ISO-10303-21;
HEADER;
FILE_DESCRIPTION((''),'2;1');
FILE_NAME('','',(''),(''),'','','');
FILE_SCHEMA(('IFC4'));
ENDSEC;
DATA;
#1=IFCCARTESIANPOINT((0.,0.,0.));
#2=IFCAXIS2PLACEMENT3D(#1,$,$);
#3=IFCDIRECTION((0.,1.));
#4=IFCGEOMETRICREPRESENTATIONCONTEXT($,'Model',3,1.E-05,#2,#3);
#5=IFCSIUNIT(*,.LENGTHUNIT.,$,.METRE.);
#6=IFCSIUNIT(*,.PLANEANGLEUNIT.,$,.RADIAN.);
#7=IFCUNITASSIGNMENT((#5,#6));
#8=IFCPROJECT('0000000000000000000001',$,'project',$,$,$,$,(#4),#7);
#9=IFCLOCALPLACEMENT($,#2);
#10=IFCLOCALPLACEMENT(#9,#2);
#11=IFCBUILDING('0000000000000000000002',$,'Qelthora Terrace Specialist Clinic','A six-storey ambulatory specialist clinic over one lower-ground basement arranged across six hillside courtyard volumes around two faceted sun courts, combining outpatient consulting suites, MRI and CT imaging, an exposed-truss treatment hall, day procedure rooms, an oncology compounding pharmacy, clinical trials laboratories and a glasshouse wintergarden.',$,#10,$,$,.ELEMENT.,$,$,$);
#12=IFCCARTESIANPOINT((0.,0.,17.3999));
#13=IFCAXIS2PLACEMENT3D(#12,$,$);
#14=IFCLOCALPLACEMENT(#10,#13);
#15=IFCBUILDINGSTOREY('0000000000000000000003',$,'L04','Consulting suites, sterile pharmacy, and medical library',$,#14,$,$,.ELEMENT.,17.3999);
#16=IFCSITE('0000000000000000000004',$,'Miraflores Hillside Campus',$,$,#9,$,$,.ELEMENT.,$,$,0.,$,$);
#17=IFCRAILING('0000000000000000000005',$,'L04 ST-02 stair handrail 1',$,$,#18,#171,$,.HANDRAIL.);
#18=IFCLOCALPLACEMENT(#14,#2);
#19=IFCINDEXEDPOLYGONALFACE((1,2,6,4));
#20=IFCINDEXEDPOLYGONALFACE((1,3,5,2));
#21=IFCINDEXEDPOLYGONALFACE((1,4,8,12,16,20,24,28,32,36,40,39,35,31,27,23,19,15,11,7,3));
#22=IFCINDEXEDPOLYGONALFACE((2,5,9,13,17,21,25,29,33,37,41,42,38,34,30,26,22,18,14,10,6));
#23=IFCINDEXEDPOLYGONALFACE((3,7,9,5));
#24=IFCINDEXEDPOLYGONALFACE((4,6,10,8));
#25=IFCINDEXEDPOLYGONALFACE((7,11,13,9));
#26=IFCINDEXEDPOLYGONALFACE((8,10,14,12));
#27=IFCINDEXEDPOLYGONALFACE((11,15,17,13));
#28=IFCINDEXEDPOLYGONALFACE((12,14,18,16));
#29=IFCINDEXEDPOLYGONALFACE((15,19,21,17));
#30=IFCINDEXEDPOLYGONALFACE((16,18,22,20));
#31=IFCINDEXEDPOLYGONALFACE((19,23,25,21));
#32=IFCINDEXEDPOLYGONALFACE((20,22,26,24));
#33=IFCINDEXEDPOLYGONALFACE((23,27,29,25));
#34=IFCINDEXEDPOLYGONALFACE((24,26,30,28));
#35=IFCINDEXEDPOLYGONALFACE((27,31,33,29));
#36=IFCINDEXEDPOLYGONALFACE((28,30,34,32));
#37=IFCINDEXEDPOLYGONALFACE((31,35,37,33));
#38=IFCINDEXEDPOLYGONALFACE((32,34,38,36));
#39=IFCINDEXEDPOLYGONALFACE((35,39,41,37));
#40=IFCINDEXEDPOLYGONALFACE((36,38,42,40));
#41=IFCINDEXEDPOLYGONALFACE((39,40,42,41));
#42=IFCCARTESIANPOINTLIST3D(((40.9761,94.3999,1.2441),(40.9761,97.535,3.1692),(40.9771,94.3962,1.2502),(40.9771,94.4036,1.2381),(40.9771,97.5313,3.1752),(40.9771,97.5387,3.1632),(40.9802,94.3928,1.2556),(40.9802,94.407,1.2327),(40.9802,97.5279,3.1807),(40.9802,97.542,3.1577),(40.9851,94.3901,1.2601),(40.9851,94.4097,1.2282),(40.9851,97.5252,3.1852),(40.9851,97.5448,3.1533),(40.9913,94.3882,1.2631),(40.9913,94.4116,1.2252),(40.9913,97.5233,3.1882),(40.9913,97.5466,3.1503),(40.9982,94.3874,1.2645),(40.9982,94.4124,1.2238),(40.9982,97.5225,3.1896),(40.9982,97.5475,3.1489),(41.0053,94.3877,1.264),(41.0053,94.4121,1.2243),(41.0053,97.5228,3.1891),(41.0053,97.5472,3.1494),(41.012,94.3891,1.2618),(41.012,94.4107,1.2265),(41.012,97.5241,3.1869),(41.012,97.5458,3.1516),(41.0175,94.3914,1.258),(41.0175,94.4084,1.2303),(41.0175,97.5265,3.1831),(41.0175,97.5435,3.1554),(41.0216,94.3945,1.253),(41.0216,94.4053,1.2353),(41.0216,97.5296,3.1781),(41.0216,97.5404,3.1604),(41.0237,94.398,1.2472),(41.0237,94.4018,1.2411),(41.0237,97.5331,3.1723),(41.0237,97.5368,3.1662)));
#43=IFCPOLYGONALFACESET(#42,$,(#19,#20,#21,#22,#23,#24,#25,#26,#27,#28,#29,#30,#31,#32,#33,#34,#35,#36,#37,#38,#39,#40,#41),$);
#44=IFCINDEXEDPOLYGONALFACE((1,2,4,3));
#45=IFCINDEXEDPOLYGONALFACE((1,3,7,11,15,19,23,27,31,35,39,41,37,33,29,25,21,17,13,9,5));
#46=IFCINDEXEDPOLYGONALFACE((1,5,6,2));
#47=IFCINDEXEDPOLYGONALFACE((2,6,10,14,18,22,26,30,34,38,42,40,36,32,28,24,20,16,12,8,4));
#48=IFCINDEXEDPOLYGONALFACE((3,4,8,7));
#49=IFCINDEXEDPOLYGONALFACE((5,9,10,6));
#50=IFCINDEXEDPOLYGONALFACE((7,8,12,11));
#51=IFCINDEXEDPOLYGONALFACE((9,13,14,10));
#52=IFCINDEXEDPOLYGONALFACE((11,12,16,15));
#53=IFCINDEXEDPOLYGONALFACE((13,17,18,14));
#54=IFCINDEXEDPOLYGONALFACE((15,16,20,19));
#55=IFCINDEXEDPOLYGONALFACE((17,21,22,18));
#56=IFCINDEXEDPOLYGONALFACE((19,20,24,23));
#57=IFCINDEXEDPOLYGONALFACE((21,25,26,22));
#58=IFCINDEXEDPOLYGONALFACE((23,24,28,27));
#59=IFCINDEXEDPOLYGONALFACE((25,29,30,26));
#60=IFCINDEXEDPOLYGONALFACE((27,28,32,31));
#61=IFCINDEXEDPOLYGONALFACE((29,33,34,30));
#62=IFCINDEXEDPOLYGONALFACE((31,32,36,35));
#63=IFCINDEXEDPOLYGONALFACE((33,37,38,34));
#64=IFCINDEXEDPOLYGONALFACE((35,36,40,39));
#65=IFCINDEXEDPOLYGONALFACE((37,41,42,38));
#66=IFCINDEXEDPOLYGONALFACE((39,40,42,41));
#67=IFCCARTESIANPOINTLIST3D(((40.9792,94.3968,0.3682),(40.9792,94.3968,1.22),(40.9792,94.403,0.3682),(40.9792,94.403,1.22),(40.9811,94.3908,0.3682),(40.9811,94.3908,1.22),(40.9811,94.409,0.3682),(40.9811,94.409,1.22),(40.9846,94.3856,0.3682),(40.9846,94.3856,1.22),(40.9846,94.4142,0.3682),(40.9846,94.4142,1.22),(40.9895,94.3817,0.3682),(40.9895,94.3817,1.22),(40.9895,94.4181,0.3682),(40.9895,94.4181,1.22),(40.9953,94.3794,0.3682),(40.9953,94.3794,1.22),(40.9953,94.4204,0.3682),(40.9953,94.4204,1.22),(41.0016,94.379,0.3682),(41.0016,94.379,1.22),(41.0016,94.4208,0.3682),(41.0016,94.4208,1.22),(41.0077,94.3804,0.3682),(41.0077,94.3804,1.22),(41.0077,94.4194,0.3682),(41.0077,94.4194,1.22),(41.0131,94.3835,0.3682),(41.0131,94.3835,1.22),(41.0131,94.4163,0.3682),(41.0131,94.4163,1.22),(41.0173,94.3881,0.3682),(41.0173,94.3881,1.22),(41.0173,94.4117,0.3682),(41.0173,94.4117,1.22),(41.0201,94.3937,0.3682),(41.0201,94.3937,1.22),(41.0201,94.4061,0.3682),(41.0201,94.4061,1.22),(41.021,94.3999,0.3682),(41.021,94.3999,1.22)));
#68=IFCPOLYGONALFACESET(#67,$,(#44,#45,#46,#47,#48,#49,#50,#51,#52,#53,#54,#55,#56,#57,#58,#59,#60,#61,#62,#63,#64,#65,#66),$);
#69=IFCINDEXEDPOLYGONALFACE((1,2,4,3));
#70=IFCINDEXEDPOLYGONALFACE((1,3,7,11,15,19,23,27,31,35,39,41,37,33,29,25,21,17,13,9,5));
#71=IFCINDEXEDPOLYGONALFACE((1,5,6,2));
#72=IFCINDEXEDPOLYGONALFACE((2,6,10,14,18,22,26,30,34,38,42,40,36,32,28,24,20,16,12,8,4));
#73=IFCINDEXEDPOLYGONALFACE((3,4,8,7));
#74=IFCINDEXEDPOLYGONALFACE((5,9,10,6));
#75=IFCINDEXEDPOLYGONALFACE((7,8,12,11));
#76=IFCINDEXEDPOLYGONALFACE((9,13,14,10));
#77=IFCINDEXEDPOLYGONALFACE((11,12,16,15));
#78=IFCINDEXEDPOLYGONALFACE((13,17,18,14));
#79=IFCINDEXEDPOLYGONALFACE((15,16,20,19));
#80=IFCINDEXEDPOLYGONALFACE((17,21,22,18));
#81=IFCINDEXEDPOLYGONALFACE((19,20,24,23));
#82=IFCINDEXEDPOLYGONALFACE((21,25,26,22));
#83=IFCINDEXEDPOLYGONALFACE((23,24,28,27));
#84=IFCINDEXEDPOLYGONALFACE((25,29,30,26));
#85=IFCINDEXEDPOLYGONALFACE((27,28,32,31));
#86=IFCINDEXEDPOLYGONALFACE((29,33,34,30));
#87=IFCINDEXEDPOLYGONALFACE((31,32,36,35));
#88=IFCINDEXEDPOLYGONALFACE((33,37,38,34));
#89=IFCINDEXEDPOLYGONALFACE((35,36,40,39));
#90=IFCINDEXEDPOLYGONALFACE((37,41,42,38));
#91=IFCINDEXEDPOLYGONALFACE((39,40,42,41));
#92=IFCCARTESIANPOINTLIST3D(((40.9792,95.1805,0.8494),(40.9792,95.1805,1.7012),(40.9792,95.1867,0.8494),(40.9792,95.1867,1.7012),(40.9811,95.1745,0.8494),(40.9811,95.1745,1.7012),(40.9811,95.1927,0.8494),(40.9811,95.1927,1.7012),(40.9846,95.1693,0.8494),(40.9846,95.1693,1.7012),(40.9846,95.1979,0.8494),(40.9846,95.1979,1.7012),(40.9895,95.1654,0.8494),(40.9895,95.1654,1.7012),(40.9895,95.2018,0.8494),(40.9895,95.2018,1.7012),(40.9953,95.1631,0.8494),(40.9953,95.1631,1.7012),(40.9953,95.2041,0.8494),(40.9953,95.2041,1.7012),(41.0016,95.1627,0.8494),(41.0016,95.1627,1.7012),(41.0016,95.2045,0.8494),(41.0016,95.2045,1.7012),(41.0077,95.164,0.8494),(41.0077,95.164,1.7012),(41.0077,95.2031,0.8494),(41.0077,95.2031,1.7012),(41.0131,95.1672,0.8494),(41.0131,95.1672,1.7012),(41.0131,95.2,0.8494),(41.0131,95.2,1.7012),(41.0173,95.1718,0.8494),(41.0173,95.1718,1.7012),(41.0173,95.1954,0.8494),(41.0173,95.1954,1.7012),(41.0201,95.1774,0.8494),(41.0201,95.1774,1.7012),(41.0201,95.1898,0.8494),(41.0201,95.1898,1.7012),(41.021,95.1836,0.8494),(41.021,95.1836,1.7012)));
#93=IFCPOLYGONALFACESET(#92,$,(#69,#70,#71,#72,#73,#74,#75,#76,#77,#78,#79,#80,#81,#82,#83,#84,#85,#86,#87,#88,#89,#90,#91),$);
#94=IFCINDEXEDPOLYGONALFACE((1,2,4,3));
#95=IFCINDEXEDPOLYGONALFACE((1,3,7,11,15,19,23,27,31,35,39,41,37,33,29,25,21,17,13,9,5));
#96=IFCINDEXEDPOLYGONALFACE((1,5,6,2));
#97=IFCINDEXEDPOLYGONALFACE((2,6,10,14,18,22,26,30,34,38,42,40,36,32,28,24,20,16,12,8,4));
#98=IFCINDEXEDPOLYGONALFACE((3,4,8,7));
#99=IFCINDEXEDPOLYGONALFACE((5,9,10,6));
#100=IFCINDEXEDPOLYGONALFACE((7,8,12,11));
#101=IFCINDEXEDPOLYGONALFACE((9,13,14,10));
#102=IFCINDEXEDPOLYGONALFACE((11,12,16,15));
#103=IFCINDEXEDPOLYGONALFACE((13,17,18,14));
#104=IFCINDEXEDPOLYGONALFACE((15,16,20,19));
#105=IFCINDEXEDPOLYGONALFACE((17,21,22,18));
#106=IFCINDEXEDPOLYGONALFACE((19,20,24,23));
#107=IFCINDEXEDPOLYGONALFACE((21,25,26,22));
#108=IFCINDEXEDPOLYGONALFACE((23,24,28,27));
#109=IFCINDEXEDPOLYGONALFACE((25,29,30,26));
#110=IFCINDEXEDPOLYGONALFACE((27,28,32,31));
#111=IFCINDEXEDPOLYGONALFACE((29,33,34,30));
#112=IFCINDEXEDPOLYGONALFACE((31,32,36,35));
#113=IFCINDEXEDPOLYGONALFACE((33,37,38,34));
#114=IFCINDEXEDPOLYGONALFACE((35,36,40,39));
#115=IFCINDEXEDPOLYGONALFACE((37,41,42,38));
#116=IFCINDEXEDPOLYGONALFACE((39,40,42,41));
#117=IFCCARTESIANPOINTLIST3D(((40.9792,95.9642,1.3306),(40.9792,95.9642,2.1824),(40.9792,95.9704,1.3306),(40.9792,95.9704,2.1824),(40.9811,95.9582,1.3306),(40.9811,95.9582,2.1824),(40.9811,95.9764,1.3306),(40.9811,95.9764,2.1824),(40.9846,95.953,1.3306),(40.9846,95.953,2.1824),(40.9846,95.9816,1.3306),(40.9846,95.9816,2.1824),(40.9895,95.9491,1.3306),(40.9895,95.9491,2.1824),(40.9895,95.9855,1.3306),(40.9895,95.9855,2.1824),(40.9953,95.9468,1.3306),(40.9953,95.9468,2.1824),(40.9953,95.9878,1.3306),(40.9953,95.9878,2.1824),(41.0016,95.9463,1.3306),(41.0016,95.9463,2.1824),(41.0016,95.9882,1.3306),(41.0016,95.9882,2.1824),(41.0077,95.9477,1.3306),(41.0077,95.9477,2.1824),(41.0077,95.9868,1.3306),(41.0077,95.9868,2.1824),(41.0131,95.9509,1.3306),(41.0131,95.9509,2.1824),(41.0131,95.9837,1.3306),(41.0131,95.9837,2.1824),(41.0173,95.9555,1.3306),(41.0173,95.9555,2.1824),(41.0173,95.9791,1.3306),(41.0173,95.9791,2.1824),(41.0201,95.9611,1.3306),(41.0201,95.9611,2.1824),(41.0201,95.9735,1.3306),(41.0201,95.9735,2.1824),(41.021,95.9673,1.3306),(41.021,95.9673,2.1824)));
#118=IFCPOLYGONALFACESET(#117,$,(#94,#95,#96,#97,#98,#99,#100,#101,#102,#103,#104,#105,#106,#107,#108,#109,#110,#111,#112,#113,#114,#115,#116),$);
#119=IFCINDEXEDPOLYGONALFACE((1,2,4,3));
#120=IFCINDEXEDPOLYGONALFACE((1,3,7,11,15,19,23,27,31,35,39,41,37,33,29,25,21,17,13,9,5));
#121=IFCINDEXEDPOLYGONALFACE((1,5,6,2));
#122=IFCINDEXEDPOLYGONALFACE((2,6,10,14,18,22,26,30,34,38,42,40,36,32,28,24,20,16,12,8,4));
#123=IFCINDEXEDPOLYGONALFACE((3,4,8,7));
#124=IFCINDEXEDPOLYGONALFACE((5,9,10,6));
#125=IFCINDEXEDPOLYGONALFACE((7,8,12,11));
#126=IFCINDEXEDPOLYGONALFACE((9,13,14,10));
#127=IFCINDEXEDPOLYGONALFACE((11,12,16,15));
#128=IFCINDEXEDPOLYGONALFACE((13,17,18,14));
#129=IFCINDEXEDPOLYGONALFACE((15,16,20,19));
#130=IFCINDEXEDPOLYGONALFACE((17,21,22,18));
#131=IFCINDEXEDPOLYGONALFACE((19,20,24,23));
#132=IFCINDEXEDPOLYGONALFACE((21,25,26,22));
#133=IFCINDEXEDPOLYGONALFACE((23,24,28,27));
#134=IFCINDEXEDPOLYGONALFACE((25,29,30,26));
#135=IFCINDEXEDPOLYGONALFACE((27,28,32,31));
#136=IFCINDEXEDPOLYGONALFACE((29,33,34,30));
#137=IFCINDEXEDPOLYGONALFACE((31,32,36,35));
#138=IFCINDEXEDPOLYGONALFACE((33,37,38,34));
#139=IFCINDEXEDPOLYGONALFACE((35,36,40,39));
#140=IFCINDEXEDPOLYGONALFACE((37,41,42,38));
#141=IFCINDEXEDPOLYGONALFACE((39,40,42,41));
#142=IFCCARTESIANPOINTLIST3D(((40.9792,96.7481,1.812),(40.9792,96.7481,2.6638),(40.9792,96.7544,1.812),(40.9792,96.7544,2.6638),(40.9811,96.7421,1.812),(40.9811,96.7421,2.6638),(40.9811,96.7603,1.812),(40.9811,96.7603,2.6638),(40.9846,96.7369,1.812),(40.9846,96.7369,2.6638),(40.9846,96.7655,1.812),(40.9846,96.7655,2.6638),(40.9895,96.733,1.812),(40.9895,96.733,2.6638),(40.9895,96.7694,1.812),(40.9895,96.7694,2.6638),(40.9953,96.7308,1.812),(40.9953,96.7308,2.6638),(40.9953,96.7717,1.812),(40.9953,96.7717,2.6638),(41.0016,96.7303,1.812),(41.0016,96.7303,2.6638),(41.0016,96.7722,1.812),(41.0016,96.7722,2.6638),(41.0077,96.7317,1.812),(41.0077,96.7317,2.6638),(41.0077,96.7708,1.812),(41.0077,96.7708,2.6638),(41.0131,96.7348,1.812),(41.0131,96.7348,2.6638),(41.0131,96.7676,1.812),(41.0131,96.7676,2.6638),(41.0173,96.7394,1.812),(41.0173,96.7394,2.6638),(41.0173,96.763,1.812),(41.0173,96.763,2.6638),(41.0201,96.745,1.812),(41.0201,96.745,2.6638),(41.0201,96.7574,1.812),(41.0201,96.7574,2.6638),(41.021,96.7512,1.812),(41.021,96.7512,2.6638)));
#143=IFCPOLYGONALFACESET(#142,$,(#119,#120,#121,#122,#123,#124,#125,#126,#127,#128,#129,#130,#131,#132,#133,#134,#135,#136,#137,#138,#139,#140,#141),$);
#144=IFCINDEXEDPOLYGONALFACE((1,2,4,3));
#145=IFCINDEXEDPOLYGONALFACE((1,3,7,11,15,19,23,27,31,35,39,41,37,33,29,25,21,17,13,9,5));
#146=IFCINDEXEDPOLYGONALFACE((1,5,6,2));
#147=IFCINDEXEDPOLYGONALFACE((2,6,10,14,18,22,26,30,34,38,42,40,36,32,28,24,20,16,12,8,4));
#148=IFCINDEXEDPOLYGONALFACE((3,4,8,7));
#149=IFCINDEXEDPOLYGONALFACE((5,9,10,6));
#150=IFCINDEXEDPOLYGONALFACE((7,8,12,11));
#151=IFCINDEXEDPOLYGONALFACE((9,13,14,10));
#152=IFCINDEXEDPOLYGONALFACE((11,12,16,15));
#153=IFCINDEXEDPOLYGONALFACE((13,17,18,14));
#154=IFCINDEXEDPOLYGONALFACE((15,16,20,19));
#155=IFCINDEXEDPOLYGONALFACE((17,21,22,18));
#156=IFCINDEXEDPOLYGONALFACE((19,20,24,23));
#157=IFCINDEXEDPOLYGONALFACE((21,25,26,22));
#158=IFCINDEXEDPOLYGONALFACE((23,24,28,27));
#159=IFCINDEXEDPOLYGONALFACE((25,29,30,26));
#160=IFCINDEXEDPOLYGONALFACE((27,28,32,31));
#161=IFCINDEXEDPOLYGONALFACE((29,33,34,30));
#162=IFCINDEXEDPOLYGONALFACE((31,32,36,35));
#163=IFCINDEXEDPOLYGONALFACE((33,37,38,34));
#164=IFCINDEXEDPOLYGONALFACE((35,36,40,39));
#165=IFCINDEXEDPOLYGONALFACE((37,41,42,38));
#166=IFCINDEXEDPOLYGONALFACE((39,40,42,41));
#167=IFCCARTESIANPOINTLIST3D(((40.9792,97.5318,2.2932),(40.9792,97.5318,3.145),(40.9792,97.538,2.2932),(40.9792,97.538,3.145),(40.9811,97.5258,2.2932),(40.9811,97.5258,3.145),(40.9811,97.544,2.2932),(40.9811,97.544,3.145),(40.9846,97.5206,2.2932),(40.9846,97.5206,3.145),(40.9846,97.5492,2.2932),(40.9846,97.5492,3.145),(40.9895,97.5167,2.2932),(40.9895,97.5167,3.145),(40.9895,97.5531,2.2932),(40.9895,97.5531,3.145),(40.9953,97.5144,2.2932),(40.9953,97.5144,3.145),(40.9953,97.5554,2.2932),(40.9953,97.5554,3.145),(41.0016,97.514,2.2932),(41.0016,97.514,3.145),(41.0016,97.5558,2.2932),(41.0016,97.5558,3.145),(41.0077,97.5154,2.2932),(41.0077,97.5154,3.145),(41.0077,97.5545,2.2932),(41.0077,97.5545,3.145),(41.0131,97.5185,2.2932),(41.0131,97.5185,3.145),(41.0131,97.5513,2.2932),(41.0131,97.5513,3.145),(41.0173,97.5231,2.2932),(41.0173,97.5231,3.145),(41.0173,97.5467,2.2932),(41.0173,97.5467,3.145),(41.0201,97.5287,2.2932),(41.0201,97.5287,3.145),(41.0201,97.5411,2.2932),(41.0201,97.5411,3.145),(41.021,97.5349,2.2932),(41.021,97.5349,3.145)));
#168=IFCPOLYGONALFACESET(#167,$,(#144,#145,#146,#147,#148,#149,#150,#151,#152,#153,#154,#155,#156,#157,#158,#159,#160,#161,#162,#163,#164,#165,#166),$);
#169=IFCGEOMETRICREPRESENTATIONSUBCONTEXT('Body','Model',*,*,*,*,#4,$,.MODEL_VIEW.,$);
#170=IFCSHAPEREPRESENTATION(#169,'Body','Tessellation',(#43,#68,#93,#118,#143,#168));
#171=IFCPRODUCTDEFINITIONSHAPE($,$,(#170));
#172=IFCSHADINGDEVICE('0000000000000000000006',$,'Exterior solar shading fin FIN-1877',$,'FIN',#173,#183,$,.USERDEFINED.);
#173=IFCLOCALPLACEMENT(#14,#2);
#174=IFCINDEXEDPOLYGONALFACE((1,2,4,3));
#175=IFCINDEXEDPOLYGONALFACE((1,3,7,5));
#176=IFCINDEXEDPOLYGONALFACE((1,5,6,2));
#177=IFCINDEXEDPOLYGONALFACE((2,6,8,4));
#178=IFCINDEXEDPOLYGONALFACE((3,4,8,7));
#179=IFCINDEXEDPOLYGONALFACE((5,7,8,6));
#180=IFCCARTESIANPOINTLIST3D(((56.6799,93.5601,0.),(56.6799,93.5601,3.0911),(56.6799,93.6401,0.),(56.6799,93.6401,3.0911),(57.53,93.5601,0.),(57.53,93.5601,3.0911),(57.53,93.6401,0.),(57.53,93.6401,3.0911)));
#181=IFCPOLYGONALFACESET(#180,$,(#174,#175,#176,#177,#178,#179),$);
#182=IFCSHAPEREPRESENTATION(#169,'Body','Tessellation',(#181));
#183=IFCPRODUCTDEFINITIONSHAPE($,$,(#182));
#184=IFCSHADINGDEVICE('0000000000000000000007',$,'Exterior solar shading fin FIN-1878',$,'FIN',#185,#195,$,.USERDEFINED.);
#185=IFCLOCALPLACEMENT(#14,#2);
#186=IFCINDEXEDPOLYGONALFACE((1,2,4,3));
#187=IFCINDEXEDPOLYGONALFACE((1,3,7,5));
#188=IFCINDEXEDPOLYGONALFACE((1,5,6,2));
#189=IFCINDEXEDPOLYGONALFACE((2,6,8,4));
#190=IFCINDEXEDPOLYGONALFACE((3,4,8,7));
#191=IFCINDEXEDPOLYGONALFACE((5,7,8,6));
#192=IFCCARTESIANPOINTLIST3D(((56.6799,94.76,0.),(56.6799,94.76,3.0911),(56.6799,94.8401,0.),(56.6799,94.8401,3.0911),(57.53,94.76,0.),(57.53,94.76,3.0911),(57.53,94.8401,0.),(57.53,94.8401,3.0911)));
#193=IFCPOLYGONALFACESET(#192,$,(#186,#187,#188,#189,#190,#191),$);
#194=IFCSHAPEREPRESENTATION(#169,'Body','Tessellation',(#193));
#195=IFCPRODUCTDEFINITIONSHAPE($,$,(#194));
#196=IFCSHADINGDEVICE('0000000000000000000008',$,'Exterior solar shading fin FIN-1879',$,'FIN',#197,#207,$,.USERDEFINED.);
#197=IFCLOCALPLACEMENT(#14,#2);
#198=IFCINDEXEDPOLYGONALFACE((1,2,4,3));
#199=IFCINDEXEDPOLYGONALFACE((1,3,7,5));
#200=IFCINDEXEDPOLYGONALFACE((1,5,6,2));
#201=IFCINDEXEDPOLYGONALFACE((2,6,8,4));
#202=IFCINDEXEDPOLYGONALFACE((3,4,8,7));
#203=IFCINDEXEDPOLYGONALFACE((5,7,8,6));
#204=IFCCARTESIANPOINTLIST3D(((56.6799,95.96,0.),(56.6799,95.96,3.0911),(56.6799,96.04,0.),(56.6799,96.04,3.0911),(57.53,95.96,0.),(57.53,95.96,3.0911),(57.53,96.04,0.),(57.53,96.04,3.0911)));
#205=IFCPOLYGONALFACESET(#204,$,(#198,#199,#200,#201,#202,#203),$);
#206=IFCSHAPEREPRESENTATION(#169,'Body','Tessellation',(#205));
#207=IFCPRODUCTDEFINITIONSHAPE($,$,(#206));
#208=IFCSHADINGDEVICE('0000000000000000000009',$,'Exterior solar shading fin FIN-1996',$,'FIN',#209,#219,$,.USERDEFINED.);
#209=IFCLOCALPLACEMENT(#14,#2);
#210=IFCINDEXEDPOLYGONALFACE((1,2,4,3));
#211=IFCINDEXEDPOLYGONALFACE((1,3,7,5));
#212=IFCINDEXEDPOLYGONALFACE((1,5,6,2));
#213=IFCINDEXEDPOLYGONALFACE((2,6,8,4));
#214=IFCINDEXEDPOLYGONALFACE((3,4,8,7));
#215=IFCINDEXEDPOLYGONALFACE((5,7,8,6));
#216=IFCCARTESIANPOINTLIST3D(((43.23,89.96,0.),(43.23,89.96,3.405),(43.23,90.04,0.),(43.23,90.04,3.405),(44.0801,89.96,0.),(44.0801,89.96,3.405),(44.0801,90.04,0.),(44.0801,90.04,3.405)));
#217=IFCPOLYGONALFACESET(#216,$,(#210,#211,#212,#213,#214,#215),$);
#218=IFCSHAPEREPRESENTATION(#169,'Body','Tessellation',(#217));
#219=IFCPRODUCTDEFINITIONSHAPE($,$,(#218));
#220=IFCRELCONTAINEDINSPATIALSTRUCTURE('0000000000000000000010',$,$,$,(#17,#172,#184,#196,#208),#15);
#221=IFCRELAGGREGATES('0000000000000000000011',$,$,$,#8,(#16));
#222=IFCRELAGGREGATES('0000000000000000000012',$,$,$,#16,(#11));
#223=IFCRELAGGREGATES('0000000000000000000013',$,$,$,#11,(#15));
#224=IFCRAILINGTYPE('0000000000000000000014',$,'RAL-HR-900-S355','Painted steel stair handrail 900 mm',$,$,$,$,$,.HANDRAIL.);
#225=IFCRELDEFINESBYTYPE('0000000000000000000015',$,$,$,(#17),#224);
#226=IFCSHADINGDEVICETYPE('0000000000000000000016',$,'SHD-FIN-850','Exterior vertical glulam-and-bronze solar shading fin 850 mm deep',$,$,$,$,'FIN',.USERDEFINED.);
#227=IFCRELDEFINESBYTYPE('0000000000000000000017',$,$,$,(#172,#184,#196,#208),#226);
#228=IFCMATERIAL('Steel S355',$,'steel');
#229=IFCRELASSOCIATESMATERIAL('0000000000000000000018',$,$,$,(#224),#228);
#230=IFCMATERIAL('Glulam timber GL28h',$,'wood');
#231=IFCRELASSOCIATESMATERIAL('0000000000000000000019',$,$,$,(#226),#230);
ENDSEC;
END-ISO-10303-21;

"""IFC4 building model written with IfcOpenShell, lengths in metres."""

from ifc_helpers import new_model, si_unit, direction, frame, origin, origin_2d, place, context, subcontext, project, spatial, rectangle, circle, extrude, material, type_object, element, save


model = new_model("IFC4")

# Units and contexts
model_context = context("Model", 3, precision=1e-05, world=origin(), true_north=direction((0.0, 1.0)))
body_context = subcontext(model_context, "Body", "Model", "MODEL_VIEW")
ifc_project = project(units=[si_unit("LENGTHUNIT", "METRE"), si_unit("PLANEANGLEUNIT", "RADIAN")], contexts=[model_context])

# Site, building, storey
site_placement = place(None, origin())
site = spatial("IfcSite", under=ifc_project, at=site_placement, Name="Miraflores Hillside Campus", CompositionType="ELEMENT", RefElevation=0.0)
building_placement = place(site_placement, origin())
building = spatial("IfcBuilding", under=site, at=building_placement, Name="Qelthora Terrace Specialist Clinic", Description="A six-storey ambulatory specialist clinic over one lower-ground basement arranged across six hillside courtyard volumes around two faceted sun courts, combining outpatient consulting suites, MRI and CT imaging, an exposed-truss treatment hall, day procedure rooms, an oncology compounding pharmacy, clinical trials laboratories and a glasshouse wintergarden.", CompositionType="ELEMENT")
storey_placement = place(building_placement, frame((0.0, 0.0, 17.3999)))
storey = spatial("IfcBuildingStorey", under=building, at=storey_placement, Name="L04", Description="Consulting suites, sterile pharmacy, and medical library", CompositionType="ELEMENT", Elevation=17.3999)

# Shared definitions
ifc_material_1 = material(Name="Steel S355", Category="steel")

# Railing
railing_type_1 = type_object("IfcRailingType", Name="RAL-HR-900-S355", Description="Painted steel stair handrail 900 mm", PredefinedType="HANDRAIL", material=ifc_material_1)
railing_1_placement = place(storey_placement, frame((41.0, 94.3999, 0.3682)))
element("IfcRailing", 1, at=railing_1_placement, inside=storey, type_object=railing_type_1, Name="L04 ST-02 stair handrail 1", PredefinedType="HANDRAIL", context=body_context, shape_type="SweptSolid", body=[
    extrude(circle(Radius=0.0239, at=origin_2d()), frame((0.0, 0.0, 0.876), z_axis=(0.0, 0.852166, 0.523271), x_axis=(-1.0, 0.0, 0.0)), (0.0, 0.0, 1.0), 3.679),
    extrude(circle(Radius=0.021, at=origin_2d()), origin(), (0.0, 0.0, 1.0), 0.8518),
    extrude(circle(Radius=0.021, at=origin_2d()), frame((0.0, 0.7837, 0.4812)), (0.0, 0.0, 1.0), 0.8518),
    extrude(circle(Radius=0.021, at=origin_2d()), frame((0.0, 1.5674, 0.9624)), (0.0, 0.0, 1.0), 0.8518),
    extrude(circle(Radius=0.021, at=origin_2d()), frame((0.0, 2.3513, 1.4438)), (0.0, 0.0, 1.0), 0.8518),
    extrude(circle(Radius=0.021, at=origin_2d()), frame((0.0, 3.135, 1.925)), (0.0, 0.0, 1.0), 0.8518),
])

# Shading devices
ifc_material_2 = material(Name="Glulam timber GL28h", Category="wood")
shading_device_type = type_object("IfcShadingDeviceType", Name="SHD-FIN-850", Description="Exterior vertical glulam-and-bronze solar shading fin 850 mm deep", ElementType="FIN", PredefinedType="USERDEFINED", material=ifc_material_2)
for number, where, z_axis, x_axis, name in (
    (2, (57.105, 93.6001, 0.0), (0.0, 0.0, 1.0), (-1.0, 0.0, 0.0), "Exterior solar shading fin FIN-1877"),
    (3, (57.105, 94.8, 0.0), (0.0, 0.0, 1.0), (-1.0, 0.0, 0.0), "Exterior solar shading fin FIN-1878"),
    (4, (57.105, 96.0, 0.0), (0.0, 0.0, 1.0), (-1.0, 0.0, 0.0), "Exterior solar shading fin FIN-1879"),
):
    element("IfcShadingDevice", number, at=place(storey_placement, frame(where, z_axis=z_axis, x_axis=x_axis)), inside=storey, type_object=shading_device_type, Name=name, ObjectType="FIN", PredefinedType="USERDEFINED", context=body_context, shape_type="SweptSolid", body=[
        extrude(rectangle(XDim=0.8501, YDim=0.0801, at=origin_2d()), origin(), (0.0, 0.0, 1.0), 3.0911),
    ])
for number, where, z_axis, x_axis, name in (
    (5, (43.655, 90.0, 0.0), (0.0, 0.0, 1.0), (1.0, 0.0, 0.0), "Exterior solar shading fin FIN-1996"),
):
    element("IfcShadingDevice", number, at=place(storey_placement, frame(where, z_axis=z_axis, x_axis=x_axis)), inside=storey, type_object=shading_device_type, Name=name, ObjectType="FIN", PredefinedType="USERDEFINED", context=body_context, shape_type="SweptSolid", body=[
        extrude(rectangle(XDim=0.8501, YDim=0.0801, at=origin_2d()), origin(), (0.0, 0.0, 1.0), 3.405),
    ])

save(model, "model.ifc")
